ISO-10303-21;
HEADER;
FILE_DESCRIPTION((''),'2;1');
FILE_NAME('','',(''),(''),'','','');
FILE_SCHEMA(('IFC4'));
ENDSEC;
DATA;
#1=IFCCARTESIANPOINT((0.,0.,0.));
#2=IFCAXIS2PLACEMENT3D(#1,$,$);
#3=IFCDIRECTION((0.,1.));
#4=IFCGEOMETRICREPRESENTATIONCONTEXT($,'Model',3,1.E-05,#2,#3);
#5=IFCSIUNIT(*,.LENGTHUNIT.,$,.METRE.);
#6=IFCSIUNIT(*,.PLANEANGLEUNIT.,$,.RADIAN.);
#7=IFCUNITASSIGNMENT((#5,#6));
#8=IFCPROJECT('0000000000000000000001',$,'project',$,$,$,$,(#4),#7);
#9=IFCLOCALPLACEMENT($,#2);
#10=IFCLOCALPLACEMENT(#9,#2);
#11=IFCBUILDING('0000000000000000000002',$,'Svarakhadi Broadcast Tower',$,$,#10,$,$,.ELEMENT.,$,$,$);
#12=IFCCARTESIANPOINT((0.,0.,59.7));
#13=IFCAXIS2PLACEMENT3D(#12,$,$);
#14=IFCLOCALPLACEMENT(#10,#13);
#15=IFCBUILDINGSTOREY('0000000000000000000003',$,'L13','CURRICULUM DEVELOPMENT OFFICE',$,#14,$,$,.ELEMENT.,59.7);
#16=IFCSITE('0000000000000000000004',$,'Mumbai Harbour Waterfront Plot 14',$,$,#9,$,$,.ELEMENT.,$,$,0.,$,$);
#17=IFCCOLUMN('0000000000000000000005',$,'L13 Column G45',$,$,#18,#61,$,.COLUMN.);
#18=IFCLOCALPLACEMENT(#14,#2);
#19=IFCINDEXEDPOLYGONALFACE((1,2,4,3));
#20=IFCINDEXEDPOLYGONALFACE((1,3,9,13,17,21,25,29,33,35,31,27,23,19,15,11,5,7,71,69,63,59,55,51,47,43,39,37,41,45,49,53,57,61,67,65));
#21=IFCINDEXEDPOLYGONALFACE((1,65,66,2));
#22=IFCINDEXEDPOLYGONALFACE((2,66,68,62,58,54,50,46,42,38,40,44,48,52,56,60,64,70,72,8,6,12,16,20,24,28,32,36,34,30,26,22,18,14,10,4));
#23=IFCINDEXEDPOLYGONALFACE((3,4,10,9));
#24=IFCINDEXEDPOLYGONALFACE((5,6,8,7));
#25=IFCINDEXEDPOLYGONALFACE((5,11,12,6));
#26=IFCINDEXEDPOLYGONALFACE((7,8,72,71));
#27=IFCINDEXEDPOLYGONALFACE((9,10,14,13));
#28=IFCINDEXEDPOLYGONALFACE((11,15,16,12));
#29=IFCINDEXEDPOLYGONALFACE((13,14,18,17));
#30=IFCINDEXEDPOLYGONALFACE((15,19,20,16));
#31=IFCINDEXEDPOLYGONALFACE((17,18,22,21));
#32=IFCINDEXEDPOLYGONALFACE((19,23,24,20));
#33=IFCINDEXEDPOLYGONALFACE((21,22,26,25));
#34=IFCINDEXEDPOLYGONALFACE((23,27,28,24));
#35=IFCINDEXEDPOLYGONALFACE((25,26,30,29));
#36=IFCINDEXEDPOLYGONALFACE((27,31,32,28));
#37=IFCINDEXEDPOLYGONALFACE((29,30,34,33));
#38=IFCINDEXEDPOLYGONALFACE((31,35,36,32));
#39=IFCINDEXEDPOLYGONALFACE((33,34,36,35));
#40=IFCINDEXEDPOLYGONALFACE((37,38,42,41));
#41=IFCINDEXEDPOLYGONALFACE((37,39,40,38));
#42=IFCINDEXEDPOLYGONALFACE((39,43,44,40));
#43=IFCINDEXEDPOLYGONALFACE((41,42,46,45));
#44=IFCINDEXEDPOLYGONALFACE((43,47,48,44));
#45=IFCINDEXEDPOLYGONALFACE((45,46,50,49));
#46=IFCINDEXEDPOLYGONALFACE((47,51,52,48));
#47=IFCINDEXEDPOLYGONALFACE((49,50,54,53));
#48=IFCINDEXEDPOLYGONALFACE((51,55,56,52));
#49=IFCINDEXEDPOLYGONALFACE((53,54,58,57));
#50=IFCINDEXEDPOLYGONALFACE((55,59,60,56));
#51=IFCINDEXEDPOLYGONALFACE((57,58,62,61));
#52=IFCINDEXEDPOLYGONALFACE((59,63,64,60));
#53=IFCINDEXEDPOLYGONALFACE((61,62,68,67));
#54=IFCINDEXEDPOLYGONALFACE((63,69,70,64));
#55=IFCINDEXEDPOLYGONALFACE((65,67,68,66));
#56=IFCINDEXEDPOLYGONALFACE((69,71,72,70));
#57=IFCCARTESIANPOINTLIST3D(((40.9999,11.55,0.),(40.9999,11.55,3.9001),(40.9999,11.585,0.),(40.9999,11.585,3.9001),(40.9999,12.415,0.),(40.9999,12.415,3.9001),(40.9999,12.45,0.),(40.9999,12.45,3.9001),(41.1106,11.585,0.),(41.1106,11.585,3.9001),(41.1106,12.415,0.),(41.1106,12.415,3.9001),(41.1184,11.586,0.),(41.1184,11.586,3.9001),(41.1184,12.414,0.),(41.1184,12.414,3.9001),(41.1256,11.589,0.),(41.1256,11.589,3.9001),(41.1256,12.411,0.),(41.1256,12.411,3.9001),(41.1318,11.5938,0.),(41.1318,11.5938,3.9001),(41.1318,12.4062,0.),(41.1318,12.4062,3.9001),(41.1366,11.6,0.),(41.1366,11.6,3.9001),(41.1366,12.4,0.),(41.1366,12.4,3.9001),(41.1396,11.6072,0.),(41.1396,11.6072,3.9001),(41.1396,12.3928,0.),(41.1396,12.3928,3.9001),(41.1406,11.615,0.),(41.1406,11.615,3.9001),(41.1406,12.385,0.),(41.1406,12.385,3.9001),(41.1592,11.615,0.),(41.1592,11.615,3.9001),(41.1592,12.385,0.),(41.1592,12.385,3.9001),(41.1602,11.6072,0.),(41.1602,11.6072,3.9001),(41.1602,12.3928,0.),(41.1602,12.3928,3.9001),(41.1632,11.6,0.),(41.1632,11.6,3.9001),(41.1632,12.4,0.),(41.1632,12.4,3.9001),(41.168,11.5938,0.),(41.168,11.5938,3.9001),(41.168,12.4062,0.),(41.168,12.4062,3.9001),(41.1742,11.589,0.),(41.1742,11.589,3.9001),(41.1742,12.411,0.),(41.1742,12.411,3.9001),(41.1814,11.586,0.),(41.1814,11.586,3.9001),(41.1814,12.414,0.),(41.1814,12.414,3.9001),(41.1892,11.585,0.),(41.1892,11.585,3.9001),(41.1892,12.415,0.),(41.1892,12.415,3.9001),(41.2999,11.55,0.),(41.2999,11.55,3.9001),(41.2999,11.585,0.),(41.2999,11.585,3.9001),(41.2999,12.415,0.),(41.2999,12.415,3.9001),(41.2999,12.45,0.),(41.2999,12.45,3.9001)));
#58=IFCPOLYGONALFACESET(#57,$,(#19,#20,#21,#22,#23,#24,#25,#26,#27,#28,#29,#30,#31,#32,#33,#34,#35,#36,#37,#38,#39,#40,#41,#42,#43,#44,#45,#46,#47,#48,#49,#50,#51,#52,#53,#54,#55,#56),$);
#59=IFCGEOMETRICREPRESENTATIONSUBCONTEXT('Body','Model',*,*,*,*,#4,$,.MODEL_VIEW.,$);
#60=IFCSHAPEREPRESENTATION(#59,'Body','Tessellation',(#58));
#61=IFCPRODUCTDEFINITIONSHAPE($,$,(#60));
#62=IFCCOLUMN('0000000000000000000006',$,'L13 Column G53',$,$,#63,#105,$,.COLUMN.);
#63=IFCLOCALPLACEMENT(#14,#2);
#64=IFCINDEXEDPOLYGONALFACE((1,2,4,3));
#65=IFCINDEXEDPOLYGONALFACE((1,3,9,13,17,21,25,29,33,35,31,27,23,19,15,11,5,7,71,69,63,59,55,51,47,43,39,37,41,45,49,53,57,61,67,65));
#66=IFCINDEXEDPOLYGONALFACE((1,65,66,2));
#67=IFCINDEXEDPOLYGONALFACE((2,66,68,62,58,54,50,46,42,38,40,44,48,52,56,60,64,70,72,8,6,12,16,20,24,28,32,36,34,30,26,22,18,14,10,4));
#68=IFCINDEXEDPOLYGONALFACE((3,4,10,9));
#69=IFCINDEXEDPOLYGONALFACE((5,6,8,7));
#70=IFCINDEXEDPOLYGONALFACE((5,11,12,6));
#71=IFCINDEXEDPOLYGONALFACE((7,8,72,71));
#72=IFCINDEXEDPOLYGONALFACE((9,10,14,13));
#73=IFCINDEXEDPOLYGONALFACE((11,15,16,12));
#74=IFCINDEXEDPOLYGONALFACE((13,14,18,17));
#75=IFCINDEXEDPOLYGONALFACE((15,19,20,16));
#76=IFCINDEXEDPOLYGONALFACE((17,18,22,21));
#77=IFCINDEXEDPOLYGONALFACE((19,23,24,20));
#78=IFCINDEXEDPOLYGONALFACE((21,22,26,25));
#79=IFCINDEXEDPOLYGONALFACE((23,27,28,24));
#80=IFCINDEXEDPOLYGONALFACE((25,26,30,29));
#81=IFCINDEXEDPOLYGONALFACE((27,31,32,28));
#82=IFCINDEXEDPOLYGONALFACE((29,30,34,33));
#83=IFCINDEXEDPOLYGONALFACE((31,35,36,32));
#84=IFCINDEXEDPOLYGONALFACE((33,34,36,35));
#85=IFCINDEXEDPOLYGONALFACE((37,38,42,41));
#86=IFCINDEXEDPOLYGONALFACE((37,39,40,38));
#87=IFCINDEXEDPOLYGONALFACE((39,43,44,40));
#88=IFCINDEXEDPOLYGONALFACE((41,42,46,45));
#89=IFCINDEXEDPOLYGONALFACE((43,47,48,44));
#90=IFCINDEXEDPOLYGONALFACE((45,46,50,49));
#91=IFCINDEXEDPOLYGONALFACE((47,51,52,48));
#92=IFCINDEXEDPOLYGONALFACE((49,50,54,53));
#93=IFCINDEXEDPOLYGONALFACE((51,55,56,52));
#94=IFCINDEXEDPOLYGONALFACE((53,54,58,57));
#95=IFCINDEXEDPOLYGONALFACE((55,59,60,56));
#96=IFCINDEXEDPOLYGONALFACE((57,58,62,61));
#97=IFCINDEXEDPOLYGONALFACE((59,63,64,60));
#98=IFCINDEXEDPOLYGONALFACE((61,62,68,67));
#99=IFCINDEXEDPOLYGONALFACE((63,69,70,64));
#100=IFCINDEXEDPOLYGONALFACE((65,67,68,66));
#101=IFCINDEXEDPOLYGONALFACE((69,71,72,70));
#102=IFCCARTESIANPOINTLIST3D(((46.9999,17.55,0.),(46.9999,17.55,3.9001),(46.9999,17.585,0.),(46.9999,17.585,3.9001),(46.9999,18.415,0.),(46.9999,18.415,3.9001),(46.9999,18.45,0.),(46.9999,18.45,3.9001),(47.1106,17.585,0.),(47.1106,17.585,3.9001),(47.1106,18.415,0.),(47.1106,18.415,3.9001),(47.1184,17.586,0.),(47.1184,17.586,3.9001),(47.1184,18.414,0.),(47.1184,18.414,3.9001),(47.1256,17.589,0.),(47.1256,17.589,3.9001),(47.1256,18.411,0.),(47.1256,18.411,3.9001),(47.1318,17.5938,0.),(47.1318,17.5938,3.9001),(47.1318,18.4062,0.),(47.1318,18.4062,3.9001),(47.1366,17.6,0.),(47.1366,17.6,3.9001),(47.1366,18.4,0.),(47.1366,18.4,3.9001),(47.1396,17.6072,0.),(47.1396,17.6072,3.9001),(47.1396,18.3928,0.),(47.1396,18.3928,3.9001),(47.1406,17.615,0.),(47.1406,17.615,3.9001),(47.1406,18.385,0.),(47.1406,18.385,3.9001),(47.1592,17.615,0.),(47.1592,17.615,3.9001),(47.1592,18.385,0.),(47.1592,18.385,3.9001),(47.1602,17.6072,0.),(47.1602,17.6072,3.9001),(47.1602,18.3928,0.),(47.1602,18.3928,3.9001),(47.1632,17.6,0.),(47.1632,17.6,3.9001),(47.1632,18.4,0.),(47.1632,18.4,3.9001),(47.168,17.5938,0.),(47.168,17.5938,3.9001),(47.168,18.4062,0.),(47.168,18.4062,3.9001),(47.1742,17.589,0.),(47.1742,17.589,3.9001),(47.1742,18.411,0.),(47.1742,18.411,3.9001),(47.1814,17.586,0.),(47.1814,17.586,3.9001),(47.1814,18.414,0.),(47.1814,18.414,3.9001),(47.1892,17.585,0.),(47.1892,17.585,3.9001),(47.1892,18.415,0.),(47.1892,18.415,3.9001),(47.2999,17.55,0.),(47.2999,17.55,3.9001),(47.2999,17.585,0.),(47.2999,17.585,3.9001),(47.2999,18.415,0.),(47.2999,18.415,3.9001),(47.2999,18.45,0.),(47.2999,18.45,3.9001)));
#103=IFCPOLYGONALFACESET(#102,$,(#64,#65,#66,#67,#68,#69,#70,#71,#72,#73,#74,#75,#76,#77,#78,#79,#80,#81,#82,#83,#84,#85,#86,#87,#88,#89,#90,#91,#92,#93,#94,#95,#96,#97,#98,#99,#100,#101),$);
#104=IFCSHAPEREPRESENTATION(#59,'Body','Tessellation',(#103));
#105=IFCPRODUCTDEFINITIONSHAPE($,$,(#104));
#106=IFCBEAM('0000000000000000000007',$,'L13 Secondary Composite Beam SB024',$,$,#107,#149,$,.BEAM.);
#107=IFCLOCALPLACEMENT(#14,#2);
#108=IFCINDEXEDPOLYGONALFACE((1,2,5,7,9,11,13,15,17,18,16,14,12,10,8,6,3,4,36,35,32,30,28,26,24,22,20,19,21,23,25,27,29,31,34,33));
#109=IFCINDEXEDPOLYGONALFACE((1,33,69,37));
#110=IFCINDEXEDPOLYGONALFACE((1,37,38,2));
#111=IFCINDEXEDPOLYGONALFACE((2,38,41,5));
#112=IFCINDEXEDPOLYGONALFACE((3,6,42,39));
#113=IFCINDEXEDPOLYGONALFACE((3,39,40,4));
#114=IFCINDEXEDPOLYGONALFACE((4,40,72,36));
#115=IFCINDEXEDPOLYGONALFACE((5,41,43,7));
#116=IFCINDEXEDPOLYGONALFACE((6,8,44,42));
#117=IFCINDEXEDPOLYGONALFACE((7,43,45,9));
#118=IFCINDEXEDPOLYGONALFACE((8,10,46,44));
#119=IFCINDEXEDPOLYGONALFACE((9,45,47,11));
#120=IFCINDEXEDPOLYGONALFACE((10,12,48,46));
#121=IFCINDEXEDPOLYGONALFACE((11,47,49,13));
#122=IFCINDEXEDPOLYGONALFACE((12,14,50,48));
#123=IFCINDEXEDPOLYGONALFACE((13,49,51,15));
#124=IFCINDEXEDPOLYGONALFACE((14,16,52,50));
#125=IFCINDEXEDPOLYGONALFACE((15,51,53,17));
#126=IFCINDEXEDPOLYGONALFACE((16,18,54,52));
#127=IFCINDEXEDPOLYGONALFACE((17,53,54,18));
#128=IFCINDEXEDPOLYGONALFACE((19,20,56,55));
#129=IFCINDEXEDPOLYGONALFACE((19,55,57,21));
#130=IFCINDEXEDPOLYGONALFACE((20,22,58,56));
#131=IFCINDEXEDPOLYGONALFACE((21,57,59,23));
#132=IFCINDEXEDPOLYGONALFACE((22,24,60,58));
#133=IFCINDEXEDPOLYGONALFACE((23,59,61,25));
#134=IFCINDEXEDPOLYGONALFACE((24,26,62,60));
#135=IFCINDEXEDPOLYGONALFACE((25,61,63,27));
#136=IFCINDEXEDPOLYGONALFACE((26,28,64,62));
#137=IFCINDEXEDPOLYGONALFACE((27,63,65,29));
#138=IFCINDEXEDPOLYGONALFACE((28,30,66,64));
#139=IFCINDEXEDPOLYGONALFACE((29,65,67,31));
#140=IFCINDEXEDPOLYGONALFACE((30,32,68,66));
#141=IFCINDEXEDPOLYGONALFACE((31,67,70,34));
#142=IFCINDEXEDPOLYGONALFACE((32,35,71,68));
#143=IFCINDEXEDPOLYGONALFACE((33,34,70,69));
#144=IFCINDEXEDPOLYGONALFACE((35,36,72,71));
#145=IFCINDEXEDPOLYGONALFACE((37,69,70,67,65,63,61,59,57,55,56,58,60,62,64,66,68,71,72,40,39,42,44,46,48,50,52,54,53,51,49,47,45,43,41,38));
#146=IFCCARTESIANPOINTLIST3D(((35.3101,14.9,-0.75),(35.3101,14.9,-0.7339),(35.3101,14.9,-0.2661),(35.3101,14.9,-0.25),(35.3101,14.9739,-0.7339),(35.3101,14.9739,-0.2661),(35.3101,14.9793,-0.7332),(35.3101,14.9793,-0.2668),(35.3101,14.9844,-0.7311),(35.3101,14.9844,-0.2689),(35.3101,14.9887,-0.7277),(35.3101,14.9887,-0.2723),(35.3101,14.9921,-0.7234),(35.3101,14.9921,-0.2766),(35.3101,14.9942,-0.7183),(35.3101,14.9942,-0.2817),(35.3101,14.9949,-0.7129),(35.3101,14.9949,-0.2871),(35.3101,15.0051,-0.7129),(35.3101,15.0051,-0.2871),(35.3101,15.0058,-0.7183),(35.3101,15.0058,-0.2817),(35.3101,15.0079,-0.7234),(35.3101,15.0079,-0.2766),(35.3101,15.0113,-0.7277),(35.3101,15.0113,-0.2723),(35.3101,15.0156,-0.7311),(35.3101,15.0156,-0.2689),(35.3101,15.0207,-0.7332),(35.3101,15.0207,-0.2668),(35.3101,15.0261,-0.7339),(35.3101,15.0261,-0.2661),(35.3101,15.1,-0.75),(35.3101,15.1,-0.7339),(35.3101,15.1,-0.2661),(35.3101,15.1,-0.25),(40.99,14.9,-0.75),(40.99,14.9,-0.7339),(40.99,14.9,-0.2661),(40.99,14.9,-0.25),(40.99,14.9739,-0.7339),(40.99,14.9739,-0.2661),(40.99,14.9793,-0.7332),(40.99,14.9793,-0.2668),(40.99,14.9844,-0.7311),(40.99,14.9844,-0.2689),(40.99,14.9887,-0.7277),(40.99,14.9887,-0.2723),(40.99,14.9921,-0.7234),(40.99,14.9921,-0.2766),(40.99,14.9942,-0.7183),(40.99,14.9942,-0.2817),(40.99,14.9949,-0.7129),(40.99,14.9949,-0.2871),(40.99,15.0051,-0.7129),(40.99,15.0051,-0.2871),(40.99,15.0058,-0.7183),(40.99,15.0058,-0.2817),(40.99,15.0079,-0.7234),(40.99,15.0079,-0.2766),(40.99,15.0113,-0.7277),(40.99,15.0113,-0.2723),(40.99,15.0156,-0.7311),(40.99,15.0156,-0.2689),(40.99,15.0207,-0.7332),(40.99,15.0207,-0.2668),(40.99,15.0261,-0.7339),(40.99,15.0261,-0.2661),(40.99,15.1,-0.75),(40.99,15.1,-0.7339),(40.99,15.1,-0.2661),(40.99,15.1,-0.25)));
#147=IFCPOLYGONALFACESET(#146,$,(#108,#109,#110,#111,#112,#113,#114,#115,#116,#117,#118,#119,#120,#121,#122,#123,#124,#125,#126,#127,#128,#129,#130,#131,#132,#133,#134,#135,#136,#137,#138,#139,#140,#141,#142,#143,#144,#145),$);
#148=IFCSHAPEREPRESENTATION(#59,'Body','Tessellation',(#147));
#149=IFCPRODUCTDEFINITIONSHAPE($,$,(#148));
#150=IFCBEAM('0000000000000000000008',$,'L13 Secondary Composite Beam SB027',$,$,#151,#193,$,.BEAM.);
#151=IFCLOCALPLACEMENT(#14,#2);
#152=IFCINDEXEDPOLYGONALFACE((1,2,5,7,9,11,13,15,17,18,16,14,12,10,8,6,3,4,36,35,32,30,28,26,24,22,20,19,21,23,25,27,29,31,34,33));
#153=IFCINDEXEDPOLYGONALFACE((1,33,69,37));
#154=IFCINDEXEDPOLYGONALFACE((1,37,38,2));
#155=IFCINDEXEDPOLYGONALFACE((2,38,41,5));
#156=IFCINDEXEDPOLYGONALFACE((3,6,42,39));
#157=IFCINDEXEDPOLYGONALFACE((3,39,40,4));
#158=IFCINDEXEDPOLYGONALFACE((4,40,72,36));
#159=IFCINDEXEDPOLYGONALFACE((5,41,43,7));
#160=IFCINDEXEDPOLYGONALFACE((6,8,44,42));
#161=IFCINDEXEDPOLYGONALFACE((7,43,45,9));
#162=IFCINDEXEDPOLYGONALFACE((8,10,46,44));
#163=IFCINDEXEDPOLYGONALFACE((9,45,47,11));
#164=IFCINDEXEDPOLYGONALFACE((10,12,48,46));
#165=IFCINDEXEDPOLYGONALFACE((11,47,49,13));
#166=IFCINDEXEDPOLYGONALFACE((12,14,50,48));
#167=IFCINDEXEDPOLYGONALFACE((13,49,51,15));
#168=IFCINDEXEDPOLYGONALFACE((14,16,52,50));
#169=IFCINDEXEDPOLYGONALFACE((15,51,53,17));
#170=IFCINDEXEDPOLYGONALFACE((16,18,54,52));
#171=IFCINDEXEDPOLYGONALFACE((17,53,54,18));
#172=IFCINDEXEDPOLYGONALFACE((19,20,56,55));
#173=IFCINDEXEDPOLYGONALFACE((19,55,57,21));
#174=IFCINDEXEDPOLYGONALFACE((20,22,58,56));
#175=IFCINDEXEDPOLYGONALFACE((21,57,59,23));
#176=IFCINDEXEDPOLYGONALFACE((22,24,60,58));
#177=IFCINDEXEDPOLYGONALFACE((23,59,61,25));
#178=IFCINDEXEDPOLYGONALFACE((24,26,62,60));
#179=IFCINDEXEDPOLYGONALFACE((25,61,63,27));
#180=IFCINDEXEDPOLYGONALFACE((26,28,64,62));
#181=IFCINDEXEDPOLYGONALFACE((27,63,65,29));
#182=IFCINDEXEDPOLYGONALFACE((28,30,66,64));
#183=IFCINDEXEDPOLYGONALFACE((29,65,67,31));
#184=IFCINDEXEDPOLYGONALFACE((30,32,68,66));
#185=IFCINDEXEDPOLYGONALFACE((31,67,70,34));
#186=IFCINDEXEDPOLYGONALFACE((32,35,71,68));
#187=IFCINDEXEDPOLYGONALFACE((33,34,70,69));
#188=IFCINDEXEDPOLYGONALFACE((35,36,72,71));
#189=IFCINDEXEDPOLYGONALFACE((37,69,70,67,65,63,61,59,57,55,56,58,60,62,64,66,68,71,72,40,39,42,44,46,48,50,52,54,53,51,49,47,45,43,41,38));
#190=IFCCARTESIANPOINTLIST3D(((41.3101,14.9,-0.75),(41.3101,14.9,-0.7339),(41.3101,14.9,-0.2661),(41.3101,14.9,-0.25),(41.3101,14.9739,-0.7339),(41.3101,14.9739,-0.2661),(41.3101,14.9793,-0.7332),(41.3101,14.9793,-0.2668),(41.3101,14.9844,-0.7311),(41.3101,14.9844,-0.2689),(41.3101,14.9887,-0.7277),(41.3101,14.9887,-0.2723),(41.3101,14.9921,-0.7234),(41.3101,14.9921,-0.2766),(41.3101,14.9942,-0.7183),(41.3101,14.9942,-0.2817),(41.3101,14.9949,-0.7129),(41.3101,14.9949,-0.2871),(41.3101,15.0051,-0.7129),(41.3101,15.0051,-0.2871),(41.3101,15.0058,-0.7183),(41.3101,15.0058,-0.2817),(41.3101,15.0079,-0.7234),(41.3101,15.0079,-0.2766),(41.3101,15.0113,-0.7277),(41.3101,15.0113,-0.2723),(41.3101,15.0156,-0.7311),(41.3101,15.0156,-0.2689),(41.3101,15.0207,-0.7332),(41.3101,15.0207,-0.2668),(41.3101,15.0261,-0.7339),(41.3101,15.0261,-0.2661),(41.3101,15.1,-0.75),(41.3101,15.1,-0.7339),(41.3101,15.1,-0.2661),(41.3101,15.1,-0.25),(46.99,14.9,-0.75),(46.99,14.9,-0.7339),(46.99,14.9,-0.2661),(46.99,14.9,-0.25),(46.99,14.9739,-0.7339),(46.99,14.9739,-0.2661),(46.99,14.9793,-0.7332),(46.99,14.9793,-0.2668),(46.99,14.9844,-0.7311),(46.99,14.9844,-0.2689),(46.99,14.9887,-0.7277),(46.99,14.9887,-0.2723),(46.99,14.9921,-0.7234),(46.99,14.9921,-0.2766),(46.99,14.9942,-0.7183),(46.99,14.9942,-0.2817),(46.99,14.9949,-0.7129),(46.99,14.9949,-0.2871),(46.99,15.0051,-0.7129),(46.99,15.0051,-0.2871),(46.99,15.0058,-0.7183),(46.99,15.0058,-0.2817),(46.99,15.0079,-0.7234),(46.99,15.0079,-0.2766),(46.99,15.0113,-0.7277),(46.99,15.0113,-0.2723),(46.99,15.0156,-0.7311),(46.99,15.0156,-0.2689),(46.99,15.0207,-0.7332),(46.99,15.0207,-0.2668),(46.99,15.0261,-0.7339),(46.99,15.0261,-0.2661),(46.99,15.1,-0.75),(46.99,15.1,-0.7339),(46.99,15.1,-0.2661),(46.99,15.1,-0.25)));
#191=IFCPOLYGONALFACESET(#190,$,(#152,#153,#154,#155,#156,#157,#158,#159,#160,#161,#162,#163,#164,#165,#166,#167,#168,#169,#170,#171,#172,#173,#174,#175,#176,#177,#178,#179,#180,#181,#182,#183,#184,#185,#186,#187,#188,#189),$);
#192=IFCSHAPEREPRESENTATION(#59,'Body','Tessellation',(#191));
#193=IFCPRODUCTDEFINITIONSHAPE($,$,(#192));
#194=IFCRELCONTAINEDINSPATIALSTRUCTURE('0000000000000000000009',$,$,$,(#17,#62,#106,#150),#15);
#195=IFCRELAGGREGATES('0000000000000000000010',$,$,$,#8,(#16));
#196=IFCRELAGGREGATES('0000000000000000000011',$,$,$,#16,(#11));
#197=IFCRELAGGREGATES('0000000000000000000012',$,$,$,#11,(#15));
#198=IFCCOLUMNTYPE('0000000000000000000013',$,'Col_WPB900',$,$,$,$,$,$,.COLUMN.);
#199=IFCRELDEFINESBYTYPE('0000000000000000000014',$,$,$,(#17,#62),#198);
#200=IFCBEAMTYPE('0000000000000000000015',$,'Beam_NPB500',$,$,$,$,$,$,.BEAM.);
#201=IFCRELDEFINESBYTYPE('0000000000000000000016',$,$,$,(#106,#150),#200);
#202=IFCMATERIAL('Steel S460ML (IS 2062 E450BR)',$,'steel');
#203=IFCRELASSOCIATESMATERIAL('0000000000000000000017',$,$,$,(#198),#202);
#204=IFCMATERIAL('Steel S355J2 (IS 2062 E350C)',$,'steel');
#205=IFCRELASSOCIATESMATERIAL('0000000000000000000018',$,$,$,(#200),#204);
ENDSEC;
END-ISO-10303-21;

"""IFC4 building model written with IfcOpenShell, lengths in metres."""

from ifc_helpers import new_model, si_unit, direction, frame, origin, origin_2d, place, context, subcontext, project, spatial, i_section, extrude, material, material_profile, profile_set, type_object, element, save


model = new_model("IFC4")

# Units and contexts
model_context = context("Model", 3, precision=1e-05, world=origin(), true_north=direction((0.0, 1.0)))
body_context = subcontext(model_context, "Body", "Model", "MODEL_VIEW")
ifc_project = project(units=[si_unit("LENGTHUNIT", "METRE"), si_unit("PLANEANGLEUNIT", "RADIAN")], contexts=[model_context])

# Site, building, storey
site_placement = place(None, origin())
site = spatial("IfcSite", under=ifc_project, at=site_placement, Name="Mumbai Harbour Waterfront Plot 14", CompositionType="ELEMENT", RefElevation=0.0)
building_placement = place(site_placement, origin())
building = spatial("IfcBuilding", under=site, at=building_placement, Name="Svarakhadi Broadcast Tower", CompositionType="ELEMENT")
storey_placement = place(building_placement, frame((0.0, 0.0, 59.7)))
storey = spatial("IfcBuildingStorey", under=building, at=storey_placement, Name="L13", Description="CURRICULUM DEVELOPMENT OFFICE", CompositionType="ELEMENT", Elevation=59.7)

# Columns
ifc_material_1 = material(Name="Steel S460ML (IS 2062 E450BR)", Category="steel")
ifc_material_profile_1 = material_profile(ifc_material_1, i_section(OverallWidth=0.3, OverallDepth=0.8999, WebThickness=0.0186, FlangeThickness=0.0349, FilletRadius=0.03, at=origin_2d()), Name="WPB 900x300x291")
ifc_profile_set_1 = profile_set([ifc_material_profile_1], Name="Steel S460ML (IS 2062 E450BR)")
column_type_1 = type_object("IfcColumnType", Name="Col_WPB900", PredefinedType="COLUMN", material=ifc_profile_set_1)
for number, where, z_axis, x_axis, name in (
    (1, (41.1499, 12.0, 0.0), (0.0, 0.0, 1.0), (1.0, 0.0, 0.0), "L13 Column G45"),
    (2, (47.1499, 18.0, 0.0), (0.0, 0.0, 1.0), (1.0, 0.0, 0.0), "L13 Column G53"),
):
    element("IfcColumn", number, at=place(storey_placement, frame(where, z_axis=z_axis, x_axis=x_axis)), inside=storey, type_object=column_type_1, Name=name, PredefinedType="COLUMN", context=body_context, shape_type="SweptSolid", body=[
        extrude(i_section(OverallWidth=0.3, OverallDepth=0.8999, WebThickness=0.0186, FlangeThickness=0.0349, FilletRadius=0.03, at=origin_2d()), origin(), (0.0, 0.0, 1.0), 3.9001),
    ])

# Beams
ifc_material_2 = material(Name="Steel S355J2 (IS 2062 E350C)", Category="steel")
ifc_material_profile_2 = material_profile(ifc_material_2, i_section(OverallWidth=0.2, OverallDepth=0.5, WebThickness=0.0103, FlangeThickness=0.0161, FilletRadius=0.021, at=origin_2d()), Name="NPB 500x200x91")
ifc_profile_set_2 = profile_set([ifc_material_profile_2], Name="Steel S355J2 (IS 2062 E350C)")
beam_type_1 = type_object("IfcBeamType", Name="Beam_NPB500", PredefinedType="BEAM", material=ifc_profile_set_2)
for number, where, z_axis, x_axis, name in (
    (3, (35.3101, 15.0, -0.5), (1.0, 0.0, 0.0), (0.0, 1.0, 0.0), "L13 Secondary Composite Beam SB024"),
    (4, (41.3101, 15.0, -0.5), (1.0, 0.0, 0.0), (0.0, 1.0, 0.0), "L13 Secondary Composite Beam SB027"),
):
    element("IfcBeam", number, at=place(storey_placement, frame(where, z_axis=z_axis, x_axis=x_axis)), inside=storey, type_object=beam_type_1, Name=name, PredefinedType="BEAM", context=body_context, shape_type="SweptSolid", body=[
        extrude(i_section(OverallWidth=0.2, OverallDepth=0.5, WebThickness=0.0103, FlangeThickness=0.0161, FilletRadius=0.021, at=origin_2d()), origin(), (0.0, 0.0, 1.0), 5.6799),
    ])

save(model, "model.ifc")
